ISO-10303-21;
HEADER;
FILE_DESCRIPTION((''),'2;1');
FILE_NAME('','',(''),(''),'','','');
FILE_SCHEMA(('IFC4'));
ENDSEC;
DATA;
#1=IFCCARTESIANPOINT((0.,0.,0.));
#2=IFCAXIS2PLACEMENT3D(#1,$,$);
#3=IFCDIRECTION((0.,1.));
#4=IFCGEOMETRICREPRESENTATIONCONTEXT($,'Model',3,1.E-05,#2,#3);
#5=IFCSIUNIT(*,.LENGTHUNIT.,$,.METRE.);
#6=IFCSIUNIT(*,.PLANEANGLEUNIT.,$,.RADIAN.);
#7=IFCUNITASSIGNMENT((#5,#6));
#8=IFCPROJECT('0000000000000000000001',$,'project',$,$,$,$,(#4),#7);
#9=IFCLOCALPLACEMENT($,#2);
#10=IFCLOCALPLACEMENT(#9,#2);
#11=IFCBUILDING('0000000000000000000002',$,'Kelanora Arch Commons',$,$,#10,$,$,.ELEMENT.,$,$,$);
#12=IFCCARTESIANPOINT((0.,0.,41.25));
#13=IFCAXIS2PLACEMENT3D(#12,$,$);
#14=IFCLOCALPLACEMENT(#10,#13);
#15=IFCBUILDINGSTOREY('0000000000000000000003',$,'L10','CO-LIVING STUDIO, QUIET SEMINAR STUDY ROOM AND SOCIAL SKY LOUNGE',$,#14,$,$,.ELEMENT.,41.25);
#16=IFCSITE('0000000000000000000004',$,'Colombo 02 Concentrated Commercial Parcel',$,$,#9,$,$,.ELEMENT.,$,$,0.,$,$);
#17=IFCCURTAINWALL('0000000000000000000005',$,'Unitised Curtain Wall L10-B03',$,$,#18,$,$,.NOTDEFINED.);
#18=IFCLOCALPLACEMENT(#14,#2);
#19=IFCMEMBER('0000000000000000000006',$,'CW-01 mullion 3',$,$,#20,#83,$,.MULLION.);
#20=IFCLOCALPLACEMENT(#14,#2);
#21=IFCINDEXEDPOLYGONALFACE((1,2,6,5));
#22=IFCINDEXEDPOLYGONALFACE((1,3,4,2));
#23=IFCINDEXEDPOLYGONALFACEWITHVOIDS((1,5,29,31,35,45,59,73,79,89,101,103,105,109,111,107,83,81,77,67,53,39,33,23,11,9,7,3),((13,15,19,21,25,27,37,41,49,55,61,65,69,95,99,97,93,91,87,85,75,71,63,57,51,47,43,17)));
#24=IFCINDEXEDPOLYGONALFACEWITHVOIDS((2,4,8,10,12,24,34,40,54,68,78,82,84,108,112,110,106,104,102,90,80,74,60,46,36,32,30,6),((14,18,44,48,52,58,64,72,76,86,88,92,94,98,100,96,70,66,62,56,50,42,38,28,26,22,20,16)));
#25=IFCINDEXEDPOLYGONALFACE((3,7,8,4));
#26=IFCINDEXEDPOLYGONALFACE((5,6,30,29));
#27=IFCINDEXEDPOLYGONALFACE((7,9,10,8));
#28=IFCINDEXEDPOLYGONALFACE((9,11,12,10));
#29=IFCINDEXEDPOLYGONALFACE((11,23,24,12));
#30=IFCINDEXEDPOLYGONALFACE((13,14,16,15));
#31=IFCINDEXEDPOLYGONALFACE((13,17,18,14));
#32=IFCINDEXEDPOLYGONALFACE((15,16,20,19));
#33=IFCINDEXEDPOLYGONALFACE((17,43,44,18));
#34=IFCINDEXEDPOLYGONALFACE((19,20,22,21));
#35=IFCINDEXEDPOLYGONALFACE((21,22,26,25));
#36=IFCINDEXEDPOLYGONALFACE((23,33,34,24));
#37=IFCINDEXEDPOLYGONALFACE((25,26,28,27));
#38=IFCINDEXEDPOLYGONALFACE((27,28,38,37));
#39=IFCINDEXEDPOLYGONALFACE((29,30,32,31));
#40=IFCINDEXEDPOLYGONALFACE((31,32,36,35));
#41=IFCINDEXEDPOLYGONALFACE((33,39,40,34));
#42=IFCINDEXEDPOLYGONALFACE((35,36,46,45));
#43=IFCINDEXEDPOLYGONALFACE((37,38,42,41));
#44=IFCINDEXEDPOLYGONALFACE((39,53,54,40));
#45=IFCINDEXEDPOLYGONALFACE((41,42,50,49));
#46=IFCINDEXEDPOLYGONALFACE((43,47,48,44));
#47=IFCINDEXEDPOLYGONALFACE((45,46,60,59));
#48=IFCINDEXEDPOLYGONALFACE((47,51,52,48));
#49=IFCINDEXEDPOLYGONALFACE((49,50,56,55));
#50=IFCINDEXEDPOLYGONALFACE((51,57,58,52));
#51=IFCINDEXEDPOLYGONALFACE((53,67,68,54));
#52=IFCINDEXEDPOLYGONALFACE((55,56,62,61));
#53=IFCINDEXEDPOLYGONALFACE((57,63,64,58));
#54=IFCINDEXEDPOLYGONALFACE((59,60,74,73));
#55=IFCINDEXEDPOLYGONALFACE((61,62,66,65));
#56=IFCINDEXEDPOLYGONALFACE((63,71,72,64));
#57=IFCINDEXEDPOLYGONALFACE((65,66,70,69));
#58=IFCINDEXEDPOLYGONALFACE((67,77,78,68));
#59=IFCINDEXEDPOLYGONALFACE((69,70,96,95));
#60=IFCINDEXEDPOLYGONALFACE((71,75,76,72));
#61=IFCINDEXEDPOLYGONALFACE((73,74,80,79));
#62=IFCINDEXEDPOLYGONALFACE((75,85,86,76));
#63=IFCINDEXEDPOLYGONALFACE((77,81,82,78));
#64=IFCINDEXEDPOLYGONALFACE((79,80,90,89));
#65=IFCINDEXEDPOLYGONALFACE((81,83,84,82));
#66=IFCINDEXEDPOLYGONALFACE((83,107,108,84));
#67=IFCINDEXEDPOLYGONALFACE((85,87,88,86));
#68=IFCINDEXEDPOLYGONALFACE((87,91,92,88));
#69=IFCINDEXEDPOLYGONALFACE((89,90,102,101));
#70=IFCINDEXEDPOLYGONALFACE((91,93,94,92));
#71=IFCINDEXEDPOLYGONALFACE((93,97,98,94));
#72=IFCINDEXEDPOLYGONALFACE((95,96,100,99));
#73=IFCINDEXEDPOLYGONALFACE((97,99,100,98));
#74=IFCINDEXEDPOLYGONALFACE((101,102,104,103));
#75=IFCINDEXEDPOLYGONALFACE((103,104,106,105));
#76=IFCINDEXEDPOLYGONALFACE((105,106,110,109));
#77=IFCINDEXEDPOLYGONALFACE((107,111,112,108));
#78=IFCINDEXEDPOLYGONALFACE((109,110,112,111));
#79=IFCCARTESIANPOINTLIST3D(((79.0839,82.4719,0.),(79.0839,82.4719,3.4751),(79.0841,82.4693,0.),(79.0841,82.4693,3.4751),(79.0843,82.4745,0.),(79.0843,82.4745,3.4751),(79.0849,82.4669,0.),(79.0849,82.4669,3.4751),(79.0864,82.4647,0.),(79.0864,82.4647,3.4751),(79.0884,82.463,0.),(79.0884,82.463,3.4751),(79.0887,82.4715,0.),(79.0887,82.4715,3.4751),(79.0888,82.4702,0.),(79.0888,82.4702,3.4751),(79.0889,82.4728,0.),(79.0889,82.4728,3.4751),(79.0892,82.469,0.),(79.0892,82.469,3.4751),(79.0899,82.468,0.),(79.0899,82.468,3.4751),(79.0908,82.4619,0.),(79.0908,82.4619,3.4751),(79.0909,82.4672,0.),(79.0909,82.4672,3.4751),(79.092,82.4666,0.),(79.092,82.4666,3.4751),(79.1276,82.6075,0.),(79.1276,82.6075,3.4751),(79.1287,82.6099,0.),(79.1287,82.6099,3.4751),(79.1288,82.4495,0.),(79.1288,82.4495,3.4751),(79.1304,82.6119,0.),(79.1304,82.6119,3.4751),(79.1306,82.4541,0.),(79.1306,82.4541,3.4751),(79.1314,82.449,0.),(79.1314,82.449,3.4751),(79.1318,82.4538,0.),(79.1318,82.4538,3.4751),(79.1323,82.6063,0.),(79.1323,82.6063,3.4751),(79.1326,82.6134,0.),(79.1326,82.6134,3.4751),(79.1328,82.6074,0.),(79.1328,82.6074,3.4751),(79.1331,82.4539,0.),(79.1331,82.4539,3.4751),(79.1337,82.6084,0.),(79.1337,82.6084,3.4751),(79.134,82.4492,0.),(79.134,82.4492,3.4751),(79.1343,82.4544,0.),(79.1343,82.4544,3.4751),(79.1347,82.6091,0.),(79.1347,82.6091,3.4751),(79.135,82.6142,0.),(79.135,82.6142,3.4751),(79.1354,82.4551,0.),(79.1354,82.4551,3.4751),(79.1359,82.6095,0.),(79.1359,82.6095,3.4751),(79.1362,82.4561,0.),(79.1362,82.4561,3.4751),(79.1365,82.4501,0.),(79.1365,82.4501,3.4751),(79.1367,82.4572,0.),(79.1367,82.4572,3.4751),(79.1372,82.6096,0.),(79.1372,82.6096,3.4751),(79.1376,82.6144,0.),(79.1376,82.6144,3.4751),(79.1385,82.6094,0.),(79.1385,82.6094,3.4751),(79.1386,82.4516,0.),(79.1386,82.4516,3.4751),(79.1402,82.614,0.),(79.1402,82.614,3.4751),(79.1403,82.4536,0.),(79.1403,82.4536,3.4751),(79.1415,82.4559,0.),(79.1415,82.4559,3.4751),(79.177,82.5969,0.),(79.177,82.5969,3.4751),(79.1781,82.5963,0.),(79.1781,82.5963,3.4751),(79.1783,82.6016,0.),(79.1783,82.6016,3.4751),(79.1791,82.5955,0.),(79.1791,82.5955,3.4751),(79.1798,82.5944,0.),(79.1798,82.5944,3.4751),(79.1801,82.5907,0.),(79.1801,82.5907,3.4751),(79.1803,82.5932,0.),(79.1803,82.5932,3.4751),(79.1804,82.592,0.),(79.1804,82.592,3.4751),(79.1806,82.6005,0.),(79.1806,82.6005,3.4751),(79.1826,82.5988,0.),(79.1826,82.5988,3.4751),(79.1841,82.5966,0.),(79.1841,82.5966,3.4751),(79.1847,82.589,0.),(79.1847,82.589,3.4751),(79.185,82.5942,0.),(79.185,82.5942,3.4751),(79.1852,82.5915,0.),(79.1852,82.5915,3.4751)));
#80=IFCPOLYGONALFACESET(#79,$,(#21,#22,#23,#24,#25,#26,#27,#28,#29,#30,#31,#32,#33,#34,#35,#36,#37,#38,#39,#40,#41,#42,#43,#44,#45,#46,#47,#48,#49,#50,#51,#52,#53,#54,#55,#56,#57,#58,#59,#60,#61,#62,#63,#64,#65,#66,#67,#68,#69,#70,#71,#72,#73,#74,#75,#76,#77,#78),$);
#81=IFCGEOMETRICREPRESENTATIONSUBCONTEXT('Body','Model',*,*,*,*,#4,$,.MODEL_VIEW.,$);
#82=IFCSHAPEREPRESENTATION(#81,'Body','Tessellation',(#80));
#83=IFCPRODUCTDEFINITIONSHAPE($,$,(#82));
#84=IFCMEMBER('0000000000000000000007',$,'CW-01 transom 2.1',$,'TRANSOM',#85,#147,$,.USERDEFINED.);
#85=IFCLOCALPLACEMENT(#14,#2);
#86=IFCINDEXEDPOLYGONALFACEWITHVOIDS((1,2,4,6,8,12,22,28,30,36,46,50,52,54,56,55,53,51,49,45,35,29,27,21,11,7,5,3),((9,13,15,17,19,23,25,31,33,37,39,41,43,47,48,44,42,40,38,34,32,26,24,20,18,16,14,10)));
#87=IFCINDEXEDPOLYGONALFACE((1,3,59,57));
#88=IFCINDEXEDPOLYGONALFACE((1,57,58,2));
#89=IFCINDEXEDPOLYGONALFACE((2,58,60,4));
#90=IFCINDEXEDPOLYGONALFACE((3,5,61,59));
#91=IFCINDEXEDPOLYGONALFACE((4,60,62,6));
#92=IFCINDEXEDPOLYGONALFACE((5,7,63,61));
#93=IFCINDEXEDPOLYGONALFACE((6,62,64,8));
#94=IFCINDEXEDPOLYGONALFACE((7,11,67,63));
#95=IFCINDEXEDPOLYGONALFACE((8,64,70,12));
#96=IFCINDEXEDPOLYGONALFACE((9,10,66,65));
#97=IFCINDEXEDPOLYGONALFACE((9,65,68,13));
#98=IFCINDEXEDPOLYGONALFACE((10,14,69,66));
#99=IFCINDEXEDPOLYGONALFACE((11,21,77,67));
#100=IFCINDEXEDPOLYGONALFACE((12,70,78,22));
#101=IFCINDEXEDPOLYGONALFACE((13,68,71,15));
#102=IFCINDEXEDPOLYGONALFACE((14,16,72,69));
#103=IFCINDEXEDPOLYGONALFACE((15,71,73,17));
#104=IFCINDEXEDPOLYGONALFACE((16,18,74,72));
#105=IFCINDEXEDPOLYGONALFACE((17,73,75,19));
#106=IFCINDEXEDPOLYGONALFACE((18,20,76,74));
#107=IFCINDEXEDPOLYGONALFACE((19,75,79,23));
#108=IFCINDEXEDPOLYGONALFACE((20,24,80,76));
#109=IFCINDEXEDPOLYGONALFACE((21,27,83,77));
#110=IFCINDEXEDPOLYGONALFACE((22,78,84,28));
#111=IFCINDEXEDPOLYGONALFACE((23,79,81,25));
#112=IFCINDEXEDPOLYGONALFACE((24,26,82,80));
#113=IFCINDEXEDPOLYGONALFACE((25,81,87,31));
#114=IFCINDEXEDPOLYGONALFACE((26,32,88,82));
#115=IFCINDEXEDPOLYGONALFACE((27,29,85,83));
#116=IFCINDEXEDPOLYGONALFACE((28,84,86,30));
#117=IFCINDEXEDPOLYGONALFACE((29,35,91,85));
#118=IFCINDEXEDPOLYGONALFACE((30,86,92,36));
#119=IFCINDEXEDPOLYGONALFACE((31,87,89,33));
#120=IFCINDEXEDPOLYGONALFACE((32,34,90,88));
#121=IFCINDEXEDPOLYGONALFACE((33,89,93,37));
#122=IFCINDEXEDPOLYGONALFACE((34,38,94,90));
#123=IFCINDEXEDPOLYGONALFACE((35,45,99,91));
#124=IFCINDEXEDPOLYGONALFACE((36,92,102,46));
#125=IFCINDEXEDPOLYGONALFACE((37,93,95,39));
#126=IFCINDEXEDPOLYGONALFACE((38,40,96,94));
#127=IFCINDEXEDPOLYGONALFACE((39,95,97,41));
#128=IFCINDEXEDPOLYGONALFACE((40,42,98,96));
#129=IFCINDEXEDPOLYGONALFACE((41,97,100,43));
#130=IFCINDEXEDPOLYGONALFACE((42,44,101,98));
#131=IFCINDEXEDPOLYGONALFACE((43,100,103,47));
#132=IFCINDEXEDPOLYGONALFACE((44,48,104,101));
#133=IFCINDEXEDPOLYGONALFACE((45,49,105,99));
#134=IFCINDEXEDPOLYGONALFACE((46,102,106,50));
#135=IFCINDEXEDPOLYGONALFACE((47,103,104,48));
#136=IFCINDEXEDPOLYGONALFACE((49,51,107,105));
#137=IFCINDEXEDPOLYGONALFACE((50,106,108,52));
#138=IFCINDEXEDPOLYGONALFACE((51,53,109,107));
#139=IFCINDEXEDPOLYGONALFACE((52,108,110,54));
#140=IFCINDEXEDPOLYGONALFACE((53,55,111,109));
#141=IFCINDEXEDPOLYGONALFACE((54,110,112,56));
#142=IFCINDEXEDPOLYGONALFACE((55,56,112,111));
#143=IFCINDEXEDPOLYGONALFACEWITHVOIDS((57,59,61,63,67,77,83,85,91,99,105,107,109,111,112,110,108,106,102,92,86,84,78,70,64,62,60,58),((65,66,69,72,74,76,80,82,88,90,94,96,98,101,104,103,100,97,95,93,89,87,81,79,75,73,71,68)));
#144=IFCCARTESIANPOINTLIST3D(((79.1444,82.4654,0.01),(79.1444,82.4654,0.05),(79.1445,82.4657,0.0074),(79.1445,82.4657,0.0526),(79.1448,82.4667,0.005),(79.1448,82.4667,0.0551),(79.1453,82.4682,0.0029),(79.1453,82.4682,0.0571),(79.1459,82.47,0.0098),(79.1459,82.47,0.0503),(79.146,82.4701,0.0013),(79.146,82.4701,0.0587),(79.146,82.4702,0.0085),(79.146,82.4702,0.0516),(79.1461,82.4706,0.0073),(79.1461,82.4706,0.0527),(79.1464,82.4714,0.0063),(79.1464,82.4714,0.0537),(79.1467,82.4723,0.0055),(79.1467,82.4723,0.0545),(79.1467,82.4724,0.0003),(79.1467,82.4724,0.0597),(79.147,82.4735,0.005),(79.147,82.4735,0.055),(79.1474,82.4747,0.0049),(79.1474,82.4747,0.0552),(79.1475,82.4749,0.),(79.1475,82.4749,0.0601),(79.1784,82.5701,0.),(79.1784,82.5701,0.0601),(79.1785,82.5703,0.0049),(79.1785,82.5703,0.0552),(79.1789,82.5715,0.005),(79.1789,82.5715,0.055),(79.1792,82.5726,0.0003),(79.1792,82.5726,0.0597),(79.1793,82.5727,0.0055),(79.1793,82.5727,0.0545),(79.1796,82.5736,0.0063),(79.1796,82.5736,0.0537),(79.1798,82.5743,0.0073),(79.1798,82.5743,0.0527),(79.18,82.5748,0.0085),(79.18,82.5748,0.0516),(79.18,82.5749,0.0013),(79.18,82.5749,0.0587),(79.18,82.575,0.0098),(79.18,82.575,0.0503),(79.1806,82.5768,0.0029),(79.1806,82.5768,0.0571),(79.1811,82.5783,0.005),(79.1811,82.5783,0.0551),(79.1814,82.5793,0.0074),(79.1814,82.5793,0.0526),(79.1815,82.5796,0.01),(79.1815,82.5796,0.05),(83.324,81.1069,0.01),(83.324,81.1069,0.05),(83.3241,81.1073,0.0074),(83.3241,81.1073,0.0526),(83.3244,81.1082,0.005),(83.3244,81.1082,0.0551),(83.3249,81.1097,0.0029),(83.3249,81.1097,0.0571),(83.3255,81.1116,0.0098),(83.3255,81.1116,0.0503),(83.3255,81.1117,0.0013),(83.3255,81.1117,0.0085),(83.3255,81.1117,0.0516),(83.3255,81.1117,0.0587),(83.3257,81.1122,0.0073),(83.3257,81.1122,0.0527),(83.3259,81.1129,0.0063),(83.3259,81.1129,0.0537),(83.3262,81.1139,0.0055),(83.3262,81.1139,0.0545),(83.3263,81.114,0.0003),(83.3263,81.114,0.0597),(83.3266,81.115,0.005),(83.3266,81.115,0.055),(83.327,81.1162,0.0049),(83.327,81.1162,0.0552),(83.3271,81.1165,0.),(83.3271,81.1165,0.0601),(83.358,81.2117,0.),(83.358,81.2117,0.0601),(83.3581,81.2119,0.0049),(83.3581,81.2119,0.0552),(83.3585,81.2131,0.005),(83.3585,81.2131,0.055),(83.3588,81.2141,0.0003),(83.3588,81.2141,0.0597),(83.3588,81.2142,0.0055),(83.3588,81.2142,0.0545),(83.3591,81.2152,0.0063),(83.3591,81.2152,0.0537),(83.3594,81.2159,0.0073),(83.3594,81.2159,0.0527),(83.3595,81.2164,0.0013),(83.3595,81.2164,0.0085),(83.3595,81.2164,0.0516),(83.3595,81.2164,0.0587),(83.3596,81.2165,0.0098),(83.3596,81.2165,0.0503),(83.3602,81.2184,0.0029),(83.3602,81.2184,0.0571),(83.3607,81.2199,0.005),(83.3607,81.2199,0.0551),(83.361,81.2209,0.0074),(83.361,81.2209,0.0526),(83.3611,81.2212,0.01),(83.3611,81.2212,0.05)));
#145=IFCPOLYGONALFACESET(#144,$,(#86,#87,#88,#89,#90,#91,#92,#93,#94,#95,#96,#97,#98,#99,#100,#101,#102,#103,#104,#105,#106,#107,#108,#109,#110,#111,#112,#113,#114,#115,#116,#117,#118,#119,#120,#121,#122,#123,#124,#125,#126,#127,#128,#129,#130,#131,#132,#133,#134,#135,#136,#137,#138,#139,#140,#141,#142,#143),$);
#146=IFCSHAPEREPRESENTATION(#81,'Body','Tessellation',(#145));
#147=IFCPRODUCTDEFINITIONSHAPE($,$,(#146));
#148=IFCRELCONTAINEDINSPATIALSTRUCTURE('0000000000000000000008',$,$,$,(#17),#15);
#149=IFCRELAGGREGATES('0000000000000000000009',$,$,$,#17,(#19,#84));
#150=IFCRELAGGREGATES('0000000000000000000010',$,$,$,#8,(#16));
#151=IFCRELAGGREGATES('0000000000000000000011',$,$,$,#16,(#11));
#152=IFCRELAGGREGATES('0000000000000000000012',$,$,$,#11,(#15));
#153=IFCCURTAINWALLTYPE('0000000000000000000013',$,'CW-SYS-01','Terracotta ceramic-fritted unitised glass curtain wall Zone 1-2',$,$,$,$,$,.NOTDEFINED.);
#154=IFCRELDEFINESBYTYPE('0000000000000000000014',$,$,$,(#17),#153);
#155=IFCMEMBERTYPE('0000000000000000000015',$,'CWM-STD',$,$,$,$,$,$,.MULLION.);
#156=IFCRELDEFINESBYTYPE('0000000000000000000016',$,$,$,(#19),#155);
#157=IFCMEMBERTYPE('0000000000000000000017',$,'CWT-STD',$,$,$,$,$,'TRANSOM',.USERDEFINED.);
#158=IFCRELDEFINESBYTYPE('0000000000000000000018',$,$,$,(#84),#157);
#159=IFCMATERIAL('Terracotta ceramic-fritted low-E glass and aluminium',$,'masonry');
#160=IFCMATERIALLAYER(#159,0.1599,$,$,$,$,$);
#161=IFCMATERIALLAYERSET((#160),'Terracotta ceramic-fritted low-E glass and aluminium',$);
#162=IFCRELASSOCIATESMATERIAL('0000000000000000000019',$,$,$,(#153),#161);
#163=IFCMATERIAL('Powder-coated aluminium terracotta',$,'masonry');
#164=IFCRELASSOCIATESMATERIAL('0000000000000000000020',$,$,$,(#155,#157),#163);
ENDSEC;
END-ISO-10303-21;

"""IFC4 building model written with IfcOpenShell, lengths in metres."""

from ifc_helpers import new_model, si_unit, direction, frame, origin, origin_2d, place, context, subcontext, project, spatial, hollow_rectangle, extrude, material, layer, layer_set, material_profile, profile_set, type_object, element, aggregate, save


model = new_model("IFC4")

# Units and contexts
model_context = context("Model", 3, precision=1e-05, world=origin(), true_north=direction((0.0, 1.0)))
body_context = subcontext(model_context, "Body", "Model", "MODEL_VIEW")
ifc_project = project(units=[si_unit("LENGTHUNIT", "METRE"), si_unit("PLANEANGLEUNIT", "RADIAN")], contexts=[model_context])

# Site, building, storey
site_placement = place(None, origin())
site = spatial("IfcSite", under=ifc_project, at=site_placement, Name="Colombo 02 Concentrated Commercial Parcel", CompositionType="ELEMENT", RefElevation=0.0)
building_placement = place(site_placement, origin())
building = spatial("IfcBuilding", under=site, at=building_placement, Name="Kelanora Arch Commons", CompositionType="ELEMENT")
storey_placement = place(building_placement, frame((0.0, 0.0, 41.25)))
storey = spatial("IfcBuildingStorey", under=building, at=storey_placement, Name="L10", Description="CO-LIVING STUDIO, QUIET SEMINAR STUDY ROOM AND SOCIAL SKY LOUNGE", CompositionType="ELEMENT", Elevation=41.25)

# Curtain wall, members
ifc_material_1 = material(Name="Terracotta ceramic-fritted low-E glass and aluminium", Category="masonry")
ifc_layer_1 = layer(ifc_material_1, 0.1599)
ifc_layer_set_1 = layer_set([ifc_layer_1], Name="Terracotta ceramic-fritted low-E glass and aluminium")
curtain_wall_type = type_object("IfcCurtainWallType", Name="CW-SYS-01", Description="Terracotta ceramic-fritted unitised glass curtain wall Zone 1-2", PredefinedType="NOTDEFINED", material=ifc_layer_set_1)
curtain_wall_placement = place(storey_placement, origin())
curtain_wall = element("IfcCurtainWall", 1, at=curtain_wall_placement, inside=storey, type_object=curtain_wall_type, Name="Unitised Curtain Wall L10-B03", PredefinedType="NOTDEFINED")
ifc_material_2 = material(Name="Powder-coated aluminium terracotta", Category="masonry")
ifc_material_profile_1 = material_profile(ifc_material_2, hollow_rectangle(XDim=0.1599, YDim=0.0601, WallThickness=0.0049, InnerFilletRadius=0.0049, OuterFilletRadius=0.01, at=origin_2d()), Name="CWM160x60")
ifc_profile_set_1 = profile_set([ifc_material_profile_1], Name="Powder-coated aluminium terracotta")
member_type_1 = type_object("IfcMemberType", Name="CWM-STD", PredefinedType="MULLION", material=ifc_profile_set_1)
member_1_placement = place(storey_placement, frame((79.1345, 82.5317, 0.0), z_axis=(0.0, 0.0, 1.0), x_axis=(-0.309058, -0.951043, 0.0)))
member_1 = element("IfcMember", 2, at=member_1_placement, type_object=member_type_1, Name="CW-01 mullion 3", PredefinedType="MULLION", context=body_context, shape_type="SweptSolid", body=[
    extrude(hollow_rectangle(XDim=0.1599, YDim=0.0601, WallThickness=0.0049, InnerFilletRadius=0.0049, OuterFilletRadius=0.01, at=origin_2d()), origin(), (0.0, 0.0, 1.0), 3.4751),
])
ifc_material_profile_2 = material_profile(ifc_material_2, hollow_rectangle(XDim=0.1201, YDim=0.0601, WallThickness=0.0049, InnerFilletRadius=0.0049, OuterFilletRadius=0.01, at=origin_2d()), Name="CWT120x60")
ifc_profile_set_2 = profile_set([ifc_material_profile_2], Name="Powder-coated aluminium terracotta")
member_type_2 = type_object("IfcMemberType", Name="CWT-STD", ElementType="TRANSOM", PredefinedType="USERDEFINED", material=ifc_profile_set_2)
member_2_placement = place(storey_placement, frame((83.3425, 81.1641, 0.03), z_axis=(-0.951029, 0.309102, 0.0), x_axis=(-0.309102, -0.951029, 0.0)))
member_2 = element("IfcMember", 3, at=member_2_placement, type_object=member_type_2, Name="CW-01 transom 2.1", ObjectType="TRANSOM", PredefinedType="USERDEFINED", context=body_context, shape_type="SweptSolid", body=[
    extrude(hollow_rectangle(XDim=0.1201, YDim=0.0601, WallThickness=0.0049, InnerFilletRadius=0.0049, OuterFilletRadius=0.01, at=origin_2d()), origin(), (0.0, 0.0, 1.0), 4.3948),
])
aggregate(curtain_wall, [member_1, member_2])

save(model, "model.ifc")
